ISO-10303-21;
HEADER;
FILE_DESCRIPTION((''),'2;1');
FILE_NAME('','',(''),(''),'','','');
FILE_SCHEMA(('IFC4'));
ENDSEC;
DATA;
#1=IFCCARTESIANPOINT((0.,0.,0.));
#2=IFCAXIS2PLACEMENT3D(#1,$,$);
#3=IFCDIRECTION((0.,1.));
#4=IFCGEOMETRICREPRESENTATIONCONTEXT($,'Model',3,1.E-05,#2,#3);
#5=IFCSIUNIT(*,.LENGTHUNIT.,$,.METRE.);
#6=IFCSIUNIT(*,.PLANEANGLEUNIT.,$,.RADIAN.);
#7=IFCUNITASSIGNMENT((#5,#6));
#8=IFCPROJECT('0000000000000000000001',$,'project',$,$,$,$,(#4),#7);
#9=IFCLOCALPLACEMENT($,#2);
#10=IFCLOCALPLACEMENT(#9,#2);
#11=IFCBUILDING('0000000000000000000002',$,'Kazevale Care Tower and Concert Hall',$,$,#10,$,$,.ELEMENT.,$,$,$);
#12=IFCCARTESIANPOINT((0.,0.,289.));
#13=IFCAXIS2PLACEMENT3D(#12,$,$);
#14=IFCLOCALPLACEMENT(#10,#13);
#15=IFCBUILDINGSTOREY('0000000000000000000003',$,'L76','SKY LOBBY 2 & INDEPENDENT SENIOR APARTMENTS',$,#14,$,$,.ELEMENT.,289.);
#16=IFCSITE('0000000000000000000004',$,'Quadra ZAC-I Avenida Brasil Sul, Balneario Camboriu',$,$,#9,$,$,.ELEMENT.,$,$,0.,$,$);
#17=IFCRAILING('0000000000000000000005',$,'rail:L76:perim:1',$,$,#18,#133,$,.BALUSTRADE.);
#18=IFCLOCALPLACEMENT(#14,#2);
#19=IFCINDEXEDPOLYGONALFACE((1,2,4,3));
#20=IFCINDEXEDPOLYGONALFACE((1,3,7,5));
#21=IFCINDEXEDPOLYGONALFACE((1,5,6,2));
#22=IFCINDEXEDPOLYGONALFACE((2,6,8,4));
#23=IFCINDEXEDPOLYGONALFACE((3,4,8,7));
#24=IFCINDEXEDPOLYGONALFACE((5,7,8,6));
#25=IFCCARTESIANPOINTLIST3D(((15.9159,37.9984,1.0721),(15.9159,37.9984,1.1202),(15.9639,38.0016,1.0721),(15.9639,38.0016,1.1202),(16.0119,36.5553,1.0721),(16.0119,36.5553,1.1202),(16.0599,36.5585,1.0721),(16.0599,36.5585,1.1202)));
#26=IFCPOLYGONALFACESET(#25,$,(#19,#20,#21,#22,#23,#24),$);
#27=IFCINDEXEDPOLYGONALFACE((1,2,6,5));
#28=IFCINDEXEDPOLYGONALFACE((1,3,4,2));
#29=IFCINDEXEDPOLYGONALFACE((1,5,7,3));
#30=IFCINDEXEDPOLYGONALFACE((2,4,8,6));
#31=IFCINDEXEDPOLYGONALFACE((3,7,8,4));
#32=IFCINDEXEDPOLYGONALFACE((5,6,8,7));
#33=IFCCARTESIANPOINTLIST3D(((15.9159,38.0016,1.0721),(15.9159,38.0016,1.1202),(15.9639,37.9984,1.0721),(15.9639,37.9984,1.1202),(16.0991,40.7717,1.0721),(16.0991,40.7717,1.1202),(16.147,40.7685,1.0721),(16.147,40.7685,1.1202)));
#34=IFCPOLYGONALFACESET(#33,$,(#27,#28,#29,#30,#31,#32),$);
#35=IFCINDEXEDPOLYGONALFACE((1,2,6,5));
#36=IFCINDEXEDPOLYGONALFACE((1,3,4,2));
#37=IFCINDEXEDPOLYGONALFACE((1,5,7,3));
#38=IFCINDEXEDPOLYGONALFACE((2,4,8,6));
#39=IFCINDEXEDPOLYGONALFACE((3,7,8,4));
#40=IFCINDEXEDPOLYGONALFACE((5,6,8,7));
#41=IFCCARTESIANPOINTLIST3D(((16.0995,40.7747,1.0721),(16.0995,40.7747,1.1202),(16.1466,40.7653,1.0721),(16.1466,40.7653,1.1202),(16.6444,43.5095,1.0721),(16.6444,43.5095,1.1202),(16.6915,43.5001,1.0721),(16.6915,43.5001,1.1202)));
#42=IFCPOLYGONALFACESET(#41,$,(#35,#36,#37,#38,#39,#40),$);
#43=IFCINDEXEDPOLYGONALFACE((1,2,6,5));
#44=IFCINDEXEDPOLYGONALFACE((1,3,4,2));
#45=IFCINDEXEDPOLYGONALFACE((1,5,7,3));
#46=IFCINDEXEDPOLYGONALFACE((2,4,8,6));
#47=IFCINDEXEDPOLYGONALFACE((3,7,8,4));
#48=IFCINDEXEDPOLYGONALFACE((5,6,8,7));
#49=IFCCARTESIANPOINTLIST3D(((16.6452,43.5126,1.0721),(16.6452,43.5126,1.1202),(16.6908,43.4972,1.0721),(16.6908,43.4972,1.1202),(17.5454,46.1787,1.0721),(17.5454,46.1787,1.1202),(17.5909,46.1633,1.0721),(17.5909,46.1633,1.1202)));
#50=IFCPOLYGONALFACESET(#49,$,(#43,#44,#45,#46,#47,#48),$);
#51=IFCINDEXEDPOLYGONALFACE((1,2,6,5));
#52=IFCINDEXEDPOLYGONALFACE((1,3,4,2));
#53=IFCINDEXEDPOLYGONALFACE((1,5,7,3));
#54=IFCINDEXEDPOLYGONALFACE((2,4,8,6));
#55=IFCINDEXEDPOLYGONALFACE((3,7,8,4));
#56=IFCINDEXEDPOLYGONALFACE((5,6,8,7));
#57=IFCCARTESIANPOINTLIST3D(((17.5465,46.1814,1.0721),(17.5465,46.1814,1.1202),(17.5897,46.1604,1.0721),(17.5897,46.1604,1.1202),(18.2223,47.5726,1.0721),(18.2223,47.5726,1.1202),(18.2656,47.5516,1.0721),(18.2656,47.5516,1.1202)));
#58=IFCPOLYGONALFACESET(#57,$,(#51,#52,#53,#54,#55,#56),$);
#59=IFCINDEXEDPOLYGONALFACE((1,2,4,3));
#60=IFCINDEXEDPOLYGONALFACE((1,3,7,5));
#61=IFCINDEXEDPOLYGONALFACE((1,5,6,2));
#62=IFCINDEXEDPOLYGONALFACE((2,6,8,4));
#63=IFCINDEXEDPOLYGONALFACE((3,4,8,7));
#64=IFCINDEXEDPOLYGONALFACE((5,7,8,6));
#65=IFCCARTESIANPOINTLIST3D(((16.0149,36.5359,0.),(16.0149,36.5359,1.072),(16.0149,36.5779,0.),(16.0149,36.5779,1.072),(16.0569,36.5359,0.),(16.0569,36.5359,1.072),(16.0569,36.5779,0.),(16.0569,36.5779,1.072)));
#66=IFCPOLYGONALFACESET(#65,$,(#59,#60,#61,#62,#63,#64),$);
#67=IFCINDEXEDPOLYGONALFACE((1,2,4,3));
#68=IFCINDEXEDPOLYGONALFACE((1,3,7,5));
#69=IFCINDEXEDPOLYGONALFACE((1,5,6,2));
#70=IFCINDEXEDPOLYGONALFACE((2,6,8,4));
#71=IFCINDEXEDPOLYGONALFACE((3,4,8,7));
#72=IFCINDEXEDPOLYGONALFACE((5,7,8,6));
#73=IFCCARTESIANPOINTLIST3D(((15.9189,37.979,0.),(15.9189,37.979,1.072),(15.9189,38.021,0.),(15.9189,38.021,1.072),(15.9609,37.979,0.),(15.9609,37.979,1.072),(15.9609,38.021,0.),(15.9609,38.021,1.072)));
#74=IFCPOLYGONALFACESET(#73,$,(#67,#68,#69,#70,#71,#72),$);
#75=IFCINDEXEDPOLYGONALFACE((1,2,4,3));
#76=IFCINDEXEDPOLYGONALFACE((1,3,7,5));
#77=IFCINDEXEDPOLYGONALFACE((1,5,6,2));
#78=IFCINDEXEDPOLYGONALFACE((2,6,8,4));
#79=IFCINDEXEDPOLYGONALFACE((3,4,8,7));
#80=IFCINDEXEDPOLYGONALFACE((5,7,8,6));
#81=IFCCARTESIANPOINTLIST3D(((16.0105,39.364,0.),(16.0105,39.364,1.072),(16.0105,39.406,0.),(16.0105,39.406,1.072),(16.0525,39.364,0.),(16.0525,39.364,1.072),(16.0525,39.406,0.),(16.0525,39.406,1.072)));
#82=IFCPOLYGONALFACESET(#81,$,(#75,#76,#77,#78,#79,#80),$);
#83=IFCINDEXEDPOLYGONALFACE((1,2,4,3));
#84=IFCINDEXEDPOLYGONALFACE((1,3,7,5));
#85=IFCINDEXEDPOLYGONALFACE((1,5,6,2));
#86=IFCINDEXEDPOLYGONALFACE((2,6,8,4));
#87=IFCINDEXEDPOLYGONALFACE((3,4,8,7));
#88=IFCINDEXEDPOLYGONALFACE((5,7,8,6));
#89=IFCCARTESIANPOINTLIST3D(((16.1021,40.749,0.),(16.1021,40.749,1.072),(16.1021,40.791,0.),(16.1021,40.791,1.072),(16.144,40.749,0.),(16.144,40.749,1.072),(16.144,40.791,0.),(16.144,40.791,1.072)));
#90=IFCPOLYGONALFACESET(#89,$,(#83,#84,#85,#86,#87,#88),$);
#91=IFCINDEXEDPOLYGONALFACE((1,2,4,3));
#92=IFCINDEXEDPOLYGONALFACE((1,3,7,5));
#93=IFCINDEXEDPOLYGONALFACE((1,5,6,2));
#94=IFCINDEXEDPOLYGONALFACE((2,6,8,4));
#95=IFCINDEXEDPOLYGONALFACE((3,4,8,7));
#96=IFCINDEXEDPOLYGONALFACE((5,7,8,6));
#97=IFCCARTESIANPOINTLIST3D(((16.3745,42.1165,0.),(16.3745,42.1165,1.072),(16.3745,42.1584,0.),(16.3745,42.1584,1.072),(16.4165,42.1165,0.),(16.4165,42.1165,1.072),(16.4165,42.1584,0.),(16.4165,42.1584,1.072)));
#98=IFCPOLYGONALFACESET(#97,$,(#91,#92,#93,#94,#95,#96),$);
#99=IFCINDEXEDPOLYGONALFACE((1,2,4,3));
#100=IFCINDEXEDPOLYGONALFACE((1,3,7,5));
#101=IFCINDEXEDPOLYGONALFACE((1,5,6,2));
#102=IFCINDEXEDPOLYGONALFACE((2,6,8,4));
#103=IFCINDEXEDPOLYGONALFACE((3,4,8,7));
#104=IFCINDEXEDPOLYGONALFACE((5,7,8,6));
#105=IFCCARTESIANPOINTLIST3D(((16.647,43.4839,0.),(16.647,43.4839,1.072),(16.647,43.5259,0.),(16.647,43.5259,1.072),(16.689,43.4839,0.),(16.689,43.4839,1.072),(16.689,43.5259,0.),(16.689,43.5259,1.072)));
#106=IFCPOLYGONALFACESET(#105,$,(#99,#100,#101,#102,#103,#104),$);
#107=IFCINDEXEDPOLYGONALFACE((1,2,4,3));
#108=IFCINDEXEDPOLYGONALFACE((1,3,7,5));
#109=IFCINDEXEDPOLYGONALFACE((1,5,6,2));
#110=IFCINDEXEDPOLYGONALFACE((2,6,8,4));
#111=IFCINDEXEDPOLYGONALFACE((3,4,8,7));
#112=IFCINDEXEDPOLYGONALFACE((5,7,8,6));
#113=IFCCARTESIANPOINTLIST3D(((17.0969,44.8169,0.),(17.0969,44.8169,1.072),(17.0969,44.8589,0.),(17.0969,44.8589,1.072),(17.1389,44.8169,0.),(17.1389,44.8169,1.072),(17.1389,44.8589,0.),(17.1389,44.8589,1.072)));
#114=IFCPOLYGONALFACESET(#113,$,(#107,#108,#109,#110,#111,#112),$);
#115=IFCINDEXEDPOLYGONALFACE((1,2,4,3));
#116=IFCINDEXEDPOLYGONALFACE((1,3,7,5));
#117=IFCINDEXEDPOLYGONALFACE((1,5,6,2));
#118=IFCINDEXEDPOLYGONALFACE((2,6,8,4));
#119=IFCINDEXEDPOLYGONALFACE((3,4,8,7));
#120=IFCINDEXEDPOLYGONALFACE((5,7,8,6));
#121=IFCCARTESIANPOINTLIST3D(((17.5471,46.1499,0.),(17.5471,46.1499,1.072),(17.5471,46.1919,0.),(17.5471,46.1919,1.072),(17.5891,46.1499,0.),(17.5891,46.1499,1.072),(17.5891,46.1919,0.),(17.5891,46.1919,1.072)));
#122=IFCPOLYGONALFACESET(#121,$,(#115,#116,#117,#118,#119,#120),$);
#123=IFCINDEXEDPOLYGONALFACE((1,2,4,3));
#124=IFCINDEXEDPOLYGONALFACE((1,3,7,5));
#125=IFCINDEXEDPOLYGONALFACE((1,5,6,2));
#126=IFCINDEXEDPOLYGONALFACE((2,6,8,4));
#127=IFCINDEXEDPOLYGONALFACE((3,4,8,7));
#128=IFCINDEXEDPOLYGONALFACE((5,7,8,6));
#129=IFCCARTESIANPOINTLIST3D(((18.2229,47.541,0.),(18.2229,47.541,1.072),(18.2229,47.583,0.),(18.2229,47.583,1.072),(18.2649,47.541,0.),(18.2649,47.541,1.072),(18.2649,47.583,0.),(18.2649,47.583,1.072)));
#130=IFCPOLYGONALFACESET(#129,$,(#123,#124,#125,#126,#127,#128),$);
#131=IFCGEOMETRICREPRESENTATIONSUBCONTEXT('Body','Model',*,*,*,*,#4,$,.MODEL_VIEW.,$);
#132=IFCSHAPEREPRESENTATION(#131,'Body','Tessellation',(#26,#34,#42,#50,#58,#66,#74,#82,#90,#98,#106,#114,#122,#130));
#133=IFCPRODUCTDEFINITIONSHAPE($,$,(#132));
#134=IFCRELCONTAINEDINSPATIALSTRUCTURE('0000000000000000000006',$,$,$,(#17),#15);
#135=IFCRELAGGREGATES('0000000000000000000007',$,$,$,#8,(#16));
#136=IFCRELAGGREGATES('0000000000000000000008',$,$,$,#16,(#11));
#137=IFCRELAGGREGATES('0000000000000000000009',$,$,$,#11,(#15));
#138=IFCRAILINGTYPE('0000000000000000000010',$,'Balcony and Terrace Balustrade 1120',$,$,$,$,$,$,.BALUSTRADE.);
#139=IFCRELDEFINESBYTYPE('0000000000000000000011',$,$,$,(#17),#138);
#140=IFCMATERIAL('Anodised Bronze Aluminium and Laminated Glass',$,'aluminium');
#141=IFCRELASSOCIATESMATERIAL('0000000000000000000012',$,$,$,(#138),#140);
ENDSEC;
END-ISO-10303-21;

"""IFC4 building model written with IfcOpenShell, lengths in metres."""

from ifc_helpers import new_model, si_unit, direction, frame, origin, origin_2d, place, context, subcontext, project, spatial, rectangle, extrude, material, type_object, element, save


model = new_model("IFC4")

# Units and contexts
model_context = context("Model", 3, precision=1e-05, world=origin(), true_north=direction((0.0, 1.0)))
body_context = subcontext(model_context, "Body", "Model", "MODEL_VIEW")
ifc_project = project(units=[si_unit("LENGTHUNIT", "METRE"), si_unit("PLANEANGLEUNIT", "RADIAN")], contexts=[model_context])

# Site, building, storey
site_placement = place(None, origin())
site = spatial("IfcSite", under=ifc_project, at=site_placement, Name="Quadra ZAC-I Avenida Brasil Sul, Balneario Camboriu", CompositionType="ELEMENT", RefElevation=0.0)
building_placement = place(site_placement, origin())
building = spatial("IfcBuilding", under=site, at=building_placement, Name="Kazevale Care Tower and Concert Hall", CompositionType="ELEMENT")
storey_placement = place(building_placement, frame((0.0, 0.0, 289.0)))
storey = spatial("IfcBuildingStorey", under=building, at=storey_placement, Name="L76", Description="SKY LOBBY 2 & INDEPENDENT SENIOR APARTMENTS", CompositionType="ELEMENT", Elevation=289.0)

# Railing
ifc_material_1 = material(Name="Anodised Bronze Aluminium and Laminated Glass", Category="aluminium")
railing_type = type_object("IfcRailingType", Name="Balcony and Terrace Balustrade 1120", PredefinedType="BALUSTRADE", material=ifc_material_1)
railing_placement = place(storey_placement, frame((16.0359, 36.5569, 0.0)))
element("IfcRailing", 1, at=railing_placement, inside=storey, type_object=railing_type, Name="rail:L76:perim:1", PredefinedType="BALUSTRADE", context=body_context, shape_type="SweptSolid", body=[
    extrude(rectangle(XDim=0.0481, YDim=0.0481, at=origin_2d()), frame((0.0, 0.0, 1.0962), z_axis=(-0.06634, 0.997797, 0.0), x_axis=(-0.997797, -0.06634, 0.0)), (0.0, 0.0, 1.0), 1.4463),
    extrude(rectangle(XDim=0.0481, YDim=0.0481, at=origin_2d()), frame((-0.0959, 1.4431, 1.0962), z_axis=(0.065959, 0.997822, 0.0), x_axis=(-0.997822, 0.065959, 0.0)), (0.0, 0.0, 1.0), 2.7761),
    extrude(rectangle(XDim=0.0481, YDim=0.0481, at=origin_2d()), frame((0.0872, 4.2131, 1.0962), z_axis=(0.195409, 0.980722, 0.0), x_axis=(-0.980722, 0.195409, 0.0)), (0.0, 0.0, 1.0), 2.7886),
    extrude(rectangle(XDim=0.0481, YDim=0.0481, at=origin_2d()), frame((0.6321, 6.948, 1.0962), z_axis=(0.319895, 0.947453, 0.0), x_axis=(-0.947453, 0.319895, 0.0)), (0.0, 0.0, 1.0), 2.814),
    extrude(rectangle(XDim=0.0481, YDim=0.0481, at=origin_2d()), frame((1.5322, 9.614, 1.0962), z_axis=(0.436955, 0.899483, 0.0), x_axis=(-0.899483, 0.436955, 0.0)), (0.0, 0.0, 1.0), 1.5466),
    extrude(rectangle(XDim=0.042, YDim=0.042, at=origin_2d()), origin(), (0.0, 0.0, 1.0), 1.072),
    extrude(rectangle(XDim=0.042, YDim=0.042, at=origin_2d()), frame((-0.0959, 1.4431, 0.0)), (0.0, 0.0, 1.0), 1.072),
    extrude(rectangle(XDim=0.042, YDim=0.042, at=origin_2d()), frame((-0.0044, 2.8281, 0.0)), (0.0, 0.0, 1.0), 1.072),
    extrude(rectangle(XDim=0.042, YDim=0.042, at=origin_2d()), frame((0.0872, 4.2131, 0.0)), (0.0, 0.0, 1.0), 1.072),
    extrude(rectangle(XDim=0.042, YDim=0.042, at=origin_2d()), frame((0.3596, 5.5806, 0.0)), (0.0, 0.0, 1.0), 1.072),
    extrude(rectangle(XDim=0.042, YDim=0.042, at=origin_2d()), frame((0.6321, 6.948, 0.0)), (0.0, 0.0, 1.0), 1.072),
    extrude(rectangle(XDim=0.042, YDim=0.042, at=origin_2d()), frame((1.082, 8.281, 0.0)), (0.0, 0.0, 1.0), 1.072),
    extrude(rectangle(XDim=0.042, YDim=0.042, at=origin_2d()), frame((1.5322, 9.614, 0.0)), (0.0, 0.0, 1.0), 1.072),
    extrude(rectangle(XDim=0.042, YDim=0.042, at=origin_2d()), frame((2.208, 11.0051, 0.0)), (0.0, 0.0, 1.0), 1.072),
])

save(model, "model.ifc")
